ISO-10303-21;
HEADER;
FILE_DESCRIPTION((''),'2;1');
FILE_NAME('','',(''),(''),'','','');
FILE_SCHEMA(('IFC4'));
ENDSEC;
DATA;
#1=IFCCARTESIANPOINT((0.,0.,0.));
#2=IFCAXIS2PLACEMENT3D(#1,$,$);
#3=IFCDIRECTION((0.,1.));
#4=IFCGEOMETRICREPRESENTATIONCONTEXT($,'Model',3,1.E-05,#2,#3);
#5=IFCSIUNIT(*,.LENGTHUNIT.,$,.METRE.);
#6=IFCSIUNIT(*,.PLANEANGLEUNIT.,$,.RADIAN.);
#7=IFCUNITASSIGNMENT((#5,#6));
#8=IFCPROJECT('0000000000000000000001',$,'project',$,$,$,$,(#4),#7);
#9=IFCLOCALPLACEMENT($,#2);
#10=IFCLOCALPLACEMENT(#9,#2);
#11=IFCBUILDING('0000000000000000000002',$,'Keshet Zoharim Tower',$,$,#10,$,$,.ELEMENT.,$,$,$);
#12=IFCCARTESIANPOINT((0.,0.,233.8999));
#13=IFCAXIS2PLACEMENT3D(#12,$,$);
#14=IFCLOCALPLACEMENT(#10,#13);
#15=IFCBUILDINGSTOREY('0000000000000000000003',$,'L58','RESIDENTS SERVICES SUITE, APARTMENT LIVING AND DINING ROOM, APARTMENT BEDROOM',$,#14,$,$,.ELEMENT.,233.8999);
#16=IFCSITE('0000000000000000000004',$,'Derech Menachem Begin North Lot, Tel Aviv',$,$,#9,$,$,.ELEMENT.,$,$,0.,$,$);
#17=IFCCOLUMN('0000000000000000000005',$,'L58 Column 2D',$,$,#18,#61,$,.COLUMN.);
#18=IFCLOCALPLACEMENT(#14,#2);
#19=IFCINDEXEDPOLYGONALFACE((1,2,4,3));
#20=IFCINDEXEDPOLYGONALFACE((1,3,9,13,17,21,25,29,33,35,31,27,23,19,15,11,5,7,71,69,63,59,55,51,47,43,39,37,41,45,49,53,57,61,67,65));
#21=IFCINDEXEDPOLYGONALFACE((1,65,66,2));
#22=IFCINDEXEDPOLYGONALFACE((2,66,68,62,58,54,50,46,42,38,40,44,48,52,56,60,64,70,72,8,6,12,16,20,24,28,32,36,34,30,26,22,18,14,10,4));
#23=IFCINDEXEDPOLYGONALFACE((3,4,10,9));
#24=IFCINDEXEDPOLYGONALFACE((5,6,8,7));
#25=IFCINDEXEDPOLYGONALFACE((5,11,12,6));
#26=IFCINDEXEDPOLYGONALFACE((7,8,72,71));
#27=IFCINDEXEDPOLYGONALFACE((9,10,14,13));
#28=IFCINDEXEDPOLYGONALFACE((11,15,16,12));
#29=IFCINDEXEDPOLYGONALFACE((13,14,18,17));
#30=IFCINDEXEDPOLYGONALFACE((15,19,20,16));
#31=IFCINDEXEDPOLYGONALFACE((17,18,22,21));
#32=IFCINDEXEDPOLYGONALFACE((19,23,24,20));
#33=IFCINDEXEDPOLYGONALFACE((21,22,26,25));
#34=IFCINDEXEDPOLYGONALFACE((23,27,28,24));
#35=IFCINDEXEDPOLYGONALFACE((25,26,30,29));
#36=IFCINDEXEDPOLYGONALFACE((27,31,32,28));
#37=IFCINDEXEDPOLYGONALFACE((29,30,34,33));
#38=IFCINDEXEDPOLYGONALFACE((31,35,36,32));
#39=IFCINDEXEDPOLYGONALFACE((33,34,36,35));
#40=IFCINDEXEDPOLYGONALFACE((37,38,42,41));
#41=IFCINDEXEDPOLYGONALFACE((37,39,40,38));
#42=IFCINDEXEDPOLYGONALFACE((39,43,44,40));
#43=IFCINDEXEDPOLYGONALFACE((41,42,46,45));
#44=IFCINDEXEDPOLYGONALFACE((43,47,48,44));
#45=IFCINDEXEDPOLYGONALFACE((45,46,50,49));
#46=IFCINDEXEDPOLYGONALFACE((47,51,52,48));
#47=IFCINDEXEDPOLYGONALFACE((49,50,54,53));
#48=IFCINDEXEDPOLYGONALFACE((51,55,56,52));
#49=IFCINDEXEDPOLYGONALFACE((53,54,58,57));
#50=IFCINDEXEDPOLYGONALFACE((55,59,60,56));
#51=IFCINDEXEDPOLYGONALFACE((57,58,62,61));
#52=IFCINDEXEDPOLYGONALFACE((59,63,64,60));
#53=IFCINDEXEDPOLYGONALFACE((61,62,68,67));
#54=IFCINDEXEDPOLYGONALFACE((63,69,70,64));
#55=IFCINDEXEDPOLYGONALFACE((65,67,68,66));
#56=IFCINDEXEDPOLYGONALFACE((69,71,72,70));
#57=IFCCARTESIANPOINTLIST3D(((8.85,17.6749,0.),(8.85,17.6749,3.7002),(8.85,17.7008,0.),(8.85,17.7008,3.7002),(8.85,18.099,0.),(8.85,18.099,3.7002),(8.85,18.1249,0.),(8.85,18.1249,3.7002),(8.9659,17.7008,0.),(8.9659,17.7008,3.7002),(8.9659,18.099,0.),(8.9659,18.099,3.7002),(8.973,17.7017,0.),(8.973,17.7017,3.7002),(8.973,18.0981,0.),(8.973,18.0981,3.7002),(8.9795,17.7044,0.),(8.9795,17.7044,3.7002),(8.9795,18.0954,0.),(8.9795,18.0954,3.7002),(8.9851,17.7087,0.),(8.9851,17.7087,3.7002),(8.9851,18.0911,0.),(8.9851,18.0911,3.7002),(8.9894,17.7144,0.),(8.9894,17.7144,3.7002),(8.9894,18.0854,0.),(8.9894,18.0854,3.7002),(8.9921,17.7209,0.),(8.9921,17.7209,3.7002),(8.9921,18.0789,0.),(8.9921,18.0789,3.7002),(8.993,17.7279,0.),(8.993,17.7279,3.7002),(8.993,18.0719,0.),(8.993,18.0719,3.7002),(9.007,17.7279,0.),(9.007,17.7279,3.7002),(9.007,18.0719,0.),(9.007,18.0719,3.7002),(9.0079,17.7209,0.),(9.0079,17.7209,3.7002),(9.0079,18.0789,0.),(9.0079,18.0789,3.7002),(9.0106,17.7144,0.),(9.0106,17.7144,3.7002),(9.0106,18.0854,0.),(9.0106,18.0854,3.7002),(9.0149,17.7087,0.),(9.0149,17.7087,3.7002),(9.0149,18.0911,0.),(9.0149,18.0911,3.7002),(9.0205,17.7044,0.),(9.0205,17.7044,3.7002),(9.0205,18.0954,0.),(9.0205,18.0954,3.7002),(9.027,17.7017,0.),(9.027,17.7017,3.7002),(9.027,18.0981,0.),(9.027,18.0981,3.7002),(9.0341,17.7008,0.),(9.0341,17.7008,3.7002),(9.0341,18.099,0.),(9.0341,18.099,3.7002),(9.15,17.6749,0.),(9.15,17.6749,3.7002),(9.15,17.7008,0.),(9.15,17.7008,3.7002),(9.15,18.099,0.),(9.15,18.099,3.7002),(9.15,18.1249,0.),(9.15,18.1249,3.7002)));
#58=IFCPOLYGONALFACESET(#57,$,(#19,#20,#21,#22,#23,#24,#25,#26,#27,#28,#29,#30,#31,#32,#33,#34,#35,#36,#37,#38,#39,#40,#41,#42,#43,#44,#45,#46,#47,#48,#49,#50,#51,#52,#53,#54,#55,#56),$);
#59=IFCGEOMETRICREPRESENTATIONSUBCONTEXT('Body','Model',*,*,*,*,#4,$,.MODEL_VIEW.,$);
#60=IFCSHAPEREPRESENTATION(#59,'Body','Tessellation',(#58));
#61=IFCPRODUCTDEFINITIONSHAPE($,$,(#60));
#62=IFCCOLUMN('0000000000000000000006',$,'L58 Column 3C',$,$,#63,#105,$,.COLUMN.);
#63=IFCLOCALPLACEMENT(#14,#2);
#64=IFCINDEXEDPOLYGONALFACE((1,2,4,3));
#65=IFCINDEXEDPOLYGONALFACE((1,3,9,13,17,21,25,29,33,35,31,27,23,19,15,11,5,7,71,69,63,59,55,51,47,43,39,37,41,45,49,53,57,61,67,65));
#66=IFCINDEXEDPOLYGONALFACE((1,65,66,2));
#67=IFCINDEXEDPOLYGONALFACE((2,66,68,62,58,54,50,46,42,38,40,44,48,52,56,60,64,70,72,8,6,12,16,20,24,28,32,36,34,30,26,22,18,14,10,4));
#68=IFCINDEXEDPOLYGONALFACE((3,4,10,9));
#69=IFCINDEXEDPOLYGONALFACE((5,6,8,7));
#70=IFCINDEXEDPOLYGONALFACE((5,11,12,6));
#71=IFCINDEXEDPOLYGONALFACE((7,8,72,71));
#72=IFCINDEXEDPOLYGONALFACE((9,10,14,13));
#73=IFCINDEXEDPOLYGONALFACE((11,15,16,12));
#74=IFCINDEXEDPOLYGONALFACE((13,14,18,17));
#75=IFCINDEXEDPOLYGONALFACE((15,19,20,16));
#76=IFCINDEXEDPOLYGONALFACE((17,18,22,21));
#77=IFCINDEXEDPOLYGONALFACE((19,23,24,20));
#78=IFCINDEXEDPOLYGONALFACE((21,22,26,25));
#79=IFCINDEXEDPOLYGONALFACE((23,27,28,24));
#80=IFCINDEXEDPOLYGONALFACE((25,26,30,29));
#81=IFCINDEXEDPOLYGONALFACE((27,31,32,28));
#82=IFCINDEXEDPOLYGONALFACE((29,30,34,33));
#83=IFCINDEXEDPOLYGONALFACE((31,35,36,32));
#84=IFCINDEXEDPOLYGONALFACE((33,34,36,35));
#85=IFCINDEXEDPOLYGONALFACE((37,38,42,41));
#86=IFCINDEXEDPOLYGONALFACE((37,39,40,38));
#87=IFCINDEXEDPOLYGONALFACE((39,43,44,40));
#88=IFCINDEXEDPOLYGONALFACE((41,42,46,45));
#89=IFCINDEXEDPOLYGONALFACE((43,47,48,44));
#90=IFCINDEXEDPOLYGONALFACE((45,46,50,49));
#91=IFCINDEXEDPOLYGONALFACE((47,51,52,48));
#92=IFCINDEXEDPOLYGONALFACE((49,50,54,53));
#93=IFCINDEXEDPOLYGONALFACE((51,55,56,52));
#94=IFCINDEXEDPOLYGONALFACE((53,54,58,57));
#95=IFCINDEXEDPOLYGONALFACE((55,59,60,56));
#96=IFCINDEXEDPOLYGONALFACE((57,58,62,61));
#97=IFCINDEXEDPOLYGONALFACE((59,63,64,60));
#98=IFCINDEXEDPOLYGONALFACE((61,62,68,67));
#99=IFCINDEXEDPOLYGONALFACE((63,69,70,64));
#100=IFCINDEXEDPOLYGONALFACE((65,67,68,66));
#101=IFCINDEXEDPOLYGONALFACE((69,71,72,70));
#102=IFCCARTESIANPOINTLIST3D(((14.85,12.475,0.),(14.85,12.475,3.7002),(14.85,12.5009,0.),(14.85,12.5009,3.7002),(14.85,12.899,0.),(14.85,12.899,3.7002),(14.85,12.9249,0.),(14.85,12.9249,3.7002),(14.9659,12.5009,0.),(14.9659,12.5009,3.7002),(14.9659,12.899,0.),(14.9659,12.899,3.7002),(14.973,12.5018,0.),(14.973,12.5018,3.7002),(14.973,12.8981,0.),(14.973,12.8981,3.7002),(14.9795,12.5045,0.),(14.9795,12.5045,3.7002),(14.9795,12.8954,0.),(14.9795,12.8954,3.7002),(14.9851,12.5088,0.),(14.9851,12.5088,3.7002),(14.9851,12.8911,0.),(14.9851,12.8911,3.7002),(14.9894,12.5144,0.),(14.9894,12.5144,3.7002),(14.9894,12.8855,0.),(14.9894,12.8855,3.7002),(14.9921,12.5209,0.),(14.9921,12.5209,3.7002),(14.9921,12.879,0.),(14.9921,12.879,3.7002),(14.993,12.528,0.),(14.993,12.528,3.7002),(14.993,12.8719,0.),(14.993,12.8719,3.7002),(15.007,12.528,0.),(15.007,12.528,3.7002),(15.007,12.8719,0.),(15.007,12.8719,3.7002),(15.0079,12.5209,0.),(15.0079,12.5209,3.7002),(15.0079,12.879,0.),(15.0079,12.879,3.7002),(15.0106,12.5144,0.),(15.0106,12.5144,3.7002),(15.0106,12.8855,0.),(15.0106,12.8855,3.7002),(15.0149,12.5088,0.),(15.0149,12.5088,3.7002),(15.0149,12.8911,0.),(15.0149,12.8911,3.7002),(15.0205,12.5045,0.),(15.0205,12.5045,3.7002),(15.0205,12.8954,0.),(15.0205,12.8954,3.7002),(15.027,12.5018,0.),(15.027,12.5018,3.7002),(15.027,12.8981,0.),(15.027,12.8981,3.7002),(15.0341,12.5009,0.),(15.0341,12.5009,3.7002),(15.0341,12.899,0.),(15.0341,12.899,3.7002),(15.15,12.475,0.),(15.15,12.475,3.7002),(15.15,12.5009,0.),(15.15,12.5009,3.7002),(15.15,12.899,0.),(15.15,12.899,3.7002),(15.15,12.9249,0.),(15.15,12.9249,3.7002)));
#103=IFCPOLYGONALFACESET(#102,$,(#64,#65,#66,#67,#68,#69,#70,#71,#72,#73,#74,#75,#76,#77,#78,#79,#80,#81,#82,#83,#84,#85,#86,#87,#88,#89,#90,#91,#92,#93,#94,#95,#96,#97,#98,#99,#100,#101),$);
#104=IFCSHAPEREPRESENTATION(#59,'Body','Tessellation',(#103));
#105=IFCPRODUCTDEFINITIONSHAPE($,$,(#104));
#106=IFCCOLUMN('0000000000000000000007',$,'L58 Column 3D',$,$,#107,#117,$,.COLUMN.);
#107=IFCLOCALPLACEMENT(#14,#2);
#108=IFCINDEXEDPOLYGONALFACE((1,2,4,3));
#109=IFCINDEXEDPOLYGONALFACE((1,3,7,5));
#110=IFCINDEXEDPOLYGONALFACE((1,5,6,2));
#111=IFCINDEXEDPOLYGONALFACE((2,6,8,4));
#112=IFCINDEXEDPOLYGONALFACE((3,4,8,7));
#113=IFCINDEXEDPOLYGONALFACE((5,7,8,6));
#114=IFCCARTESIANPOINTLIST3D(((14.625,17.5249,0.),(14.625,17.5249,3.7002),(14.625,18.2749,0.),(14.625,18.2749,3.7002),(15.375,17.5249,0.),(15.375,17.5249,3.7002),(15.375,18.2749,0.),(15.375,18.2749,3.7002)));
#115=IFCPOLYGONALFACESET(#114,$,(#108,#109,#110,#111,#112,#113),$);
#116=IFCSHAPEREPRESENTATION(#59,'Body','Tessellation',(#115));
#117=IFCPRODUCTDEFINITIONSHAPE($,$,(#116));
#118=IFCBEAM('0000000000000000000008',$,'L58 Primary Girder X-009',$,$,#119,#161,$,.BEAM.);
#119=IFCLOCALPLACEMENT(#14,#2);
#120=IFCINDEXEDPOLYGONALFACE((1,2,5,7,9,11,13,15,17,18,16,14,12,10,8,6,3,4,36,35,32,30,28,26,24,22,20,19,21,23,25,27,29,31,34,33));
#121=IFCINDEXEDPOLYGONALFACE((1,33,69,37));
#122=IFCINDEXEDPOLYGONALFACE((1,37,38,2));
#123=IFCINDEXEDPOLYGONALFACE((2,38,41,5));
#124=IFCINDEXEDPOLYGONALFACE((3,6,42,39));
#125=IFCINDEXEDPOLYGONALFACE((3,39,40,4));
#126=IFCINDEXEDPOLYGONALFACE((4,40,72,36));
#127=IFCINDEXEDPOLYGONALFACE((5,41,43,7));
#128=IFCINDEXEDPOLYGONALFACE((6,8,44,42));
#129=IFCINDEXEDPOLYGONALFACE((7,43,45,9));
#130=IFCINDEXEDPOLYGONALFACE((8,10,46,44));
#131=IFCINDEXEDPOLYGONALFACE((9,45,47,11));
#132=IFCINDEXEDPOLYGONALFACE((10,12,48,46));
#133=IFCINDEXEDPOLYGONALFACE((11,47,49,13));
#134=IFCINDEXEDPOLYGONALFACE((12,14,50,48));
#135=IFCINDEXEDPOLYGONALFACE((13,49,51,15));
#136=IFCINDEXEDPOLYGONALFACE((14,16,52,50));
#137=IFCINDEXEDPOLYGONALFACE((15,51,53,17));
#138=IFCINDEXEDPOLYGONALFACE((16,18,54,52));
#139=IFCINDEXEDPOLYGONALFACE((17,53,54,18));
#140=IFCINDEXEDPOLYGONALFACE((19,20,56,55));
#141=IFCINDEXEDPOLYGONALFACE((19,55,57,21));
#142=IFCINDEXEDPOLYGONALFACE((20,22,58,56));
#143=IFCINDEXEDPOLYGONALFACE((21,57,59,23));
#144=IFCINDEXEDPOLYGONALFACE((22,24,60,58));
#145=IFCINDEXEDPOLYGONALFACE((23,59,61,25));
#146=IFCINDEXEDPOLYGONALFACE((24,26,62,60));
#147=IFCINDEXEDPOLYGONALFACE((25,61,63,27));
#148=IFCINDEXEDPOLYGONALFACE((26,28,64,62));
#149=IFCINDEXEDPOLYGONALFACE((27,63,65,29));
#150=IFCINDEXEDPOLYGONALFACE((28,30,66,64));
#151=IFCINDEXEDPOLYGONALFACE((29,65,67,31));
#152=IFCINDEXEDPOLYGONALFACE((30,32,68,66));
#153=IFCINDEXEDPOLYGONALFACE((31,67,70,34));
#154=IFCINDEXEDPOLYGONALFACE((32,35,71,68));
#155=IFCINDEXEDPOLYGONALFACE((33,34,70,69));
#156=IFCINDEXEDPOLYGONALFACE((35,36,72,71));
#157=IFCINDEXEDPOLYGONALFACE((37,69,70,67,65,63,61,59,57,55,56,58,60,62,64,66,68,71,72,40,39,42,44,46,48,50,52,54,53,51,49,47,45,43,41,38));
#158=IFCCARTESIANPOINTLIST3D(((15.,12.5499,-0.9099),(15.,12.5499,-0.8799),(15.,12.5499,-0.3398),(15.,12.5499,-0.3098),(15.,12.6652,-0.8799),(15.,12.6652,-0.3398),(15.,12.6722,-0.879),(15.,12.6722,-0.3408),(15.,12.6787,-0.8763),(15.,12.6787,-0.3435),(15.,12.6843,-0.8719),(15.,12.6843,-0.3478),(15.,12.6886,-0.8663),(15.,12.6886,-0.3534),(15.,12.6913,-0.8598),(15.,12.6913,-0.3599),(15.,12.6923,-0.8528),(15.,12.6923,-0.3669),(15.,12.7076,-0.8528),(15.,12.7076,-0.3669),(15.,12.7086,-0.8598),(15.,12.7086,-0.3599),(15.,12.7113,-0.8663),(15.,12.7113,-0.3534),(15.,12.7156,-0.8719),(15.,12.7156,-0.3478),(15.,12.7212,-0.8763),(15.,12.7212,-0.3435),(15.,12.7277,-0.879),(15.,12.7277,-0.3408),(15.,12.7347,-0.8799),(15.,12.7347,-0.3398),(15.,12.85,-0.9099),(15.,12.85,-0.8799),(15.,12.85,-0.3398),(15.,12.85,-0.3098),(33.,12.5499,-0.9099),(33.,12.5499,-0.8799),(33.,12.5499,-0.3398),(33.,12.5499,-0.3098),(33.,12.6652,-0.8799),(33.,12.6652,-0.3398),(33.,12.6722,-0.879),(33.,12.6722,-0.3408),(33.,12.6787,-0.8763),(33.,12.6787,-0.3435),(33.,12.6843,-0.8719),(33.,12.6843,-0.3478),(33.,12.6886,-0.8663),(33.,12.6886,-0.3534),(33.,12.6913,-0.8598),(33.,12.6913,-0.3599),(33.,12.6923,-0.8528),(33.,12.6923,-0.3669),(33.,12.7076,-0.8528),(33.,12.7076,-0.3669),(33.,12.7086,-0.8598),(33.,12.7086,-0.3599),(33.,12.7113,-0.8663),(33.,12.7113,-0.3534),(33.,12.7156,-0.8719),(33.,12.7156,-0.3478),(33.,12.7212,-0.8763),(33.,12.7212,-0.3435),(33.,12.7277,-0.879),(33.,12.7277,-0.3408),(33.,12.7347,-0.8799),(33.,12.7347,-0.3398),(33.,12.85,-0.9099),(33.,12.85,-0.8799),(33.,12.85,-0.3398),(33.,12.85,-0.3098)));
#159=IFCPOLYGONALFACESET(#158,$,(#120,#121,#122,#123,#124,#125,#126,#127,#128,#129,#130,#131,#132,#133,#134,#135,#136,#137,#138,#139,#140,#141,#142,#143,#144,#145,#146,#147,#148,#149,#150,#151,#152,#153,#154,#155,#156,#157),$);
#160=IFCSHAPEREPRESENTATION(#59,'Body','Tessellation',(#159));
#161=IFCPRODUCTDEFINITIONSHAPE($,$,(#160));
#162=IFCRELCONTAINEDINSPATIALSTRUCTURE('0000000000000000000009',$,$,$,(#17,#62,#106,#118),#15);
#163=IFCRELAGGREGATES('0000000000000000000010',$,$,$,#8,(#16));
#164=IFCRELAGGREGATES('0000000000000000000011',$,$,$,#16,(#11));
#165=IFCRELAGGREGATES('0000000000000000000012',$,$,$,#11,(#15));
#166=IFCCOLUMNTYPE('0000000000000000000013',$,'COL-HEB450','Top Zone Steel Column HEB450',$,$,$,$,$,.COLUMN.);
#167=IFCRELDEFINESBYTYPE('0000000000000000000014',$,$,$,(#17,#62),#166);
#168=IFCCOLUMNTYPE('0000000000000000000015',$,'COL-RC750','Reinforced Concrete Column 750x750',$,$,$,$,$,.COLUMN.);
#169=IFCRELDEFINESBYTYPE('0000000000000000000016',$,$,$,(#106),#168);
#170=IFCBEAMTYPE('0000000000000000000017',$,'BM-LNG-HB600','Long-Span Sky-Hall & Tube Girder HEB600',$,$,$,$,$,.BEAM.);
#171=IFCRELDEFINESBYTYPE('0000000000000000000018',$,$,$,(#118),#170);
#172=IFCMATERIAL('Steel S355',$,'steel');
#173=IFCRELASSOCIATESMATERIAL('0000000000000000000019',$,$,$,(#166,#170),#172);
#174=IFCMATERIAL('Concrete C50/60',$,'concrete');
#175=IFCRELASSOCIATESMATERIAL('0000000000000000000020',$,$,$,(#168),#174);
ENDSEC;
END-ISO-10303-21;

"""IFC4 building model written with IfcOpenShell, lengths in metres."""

from ifc_helpers import new_model, si_unit, direction, frame, origin, origin_2d, place, context, subcontext, project, spatial, rectangle, i_section, extrude, material, material_profile, profile_set, type_object, element, save


model = new_model("IFC4")

# Units and contexts
model_context = context("Model", 3, precision=1e-05, world=origin(), true_north=direction((0.0, 1.0)))
body_context = subcontext(model_context, "Body", "Model", "MODEL_VIEW")
ifc_project = project(units=[si_unit("LENGTHUNIT", "METRE"), si_unit("PLANEANGLEUNIT", "RADIAN")], contexts=[model_context])

# Site, building, storey
site_placement = place(None, origin())
site = spatial("IfcSite", under=ifc_project, at=site_placement, Name="Derech Menachem Begin North Lot, Tel Aviv", CompositionType="ELEMENT", RefElevation=0.0)
building_placement = place(site_placement, origin())
building = spatial("IfcBuilding", under=site, at=building_placement, Name="Keshet Zoharim Tower", CompositionType="ELEMENT")
storey_placement = place(building_placement, frame((0.0, 0.0, 233.8999)))
storey = spatial("IfcBuildingStorey", under=building, at=storey_placement, Name="L58", Description="RESIDENTS SERVICES SUITE, APARTMENT LIVING AND DINING ROOM, APARTMENT BEDROOM", CompositionType="ELEMENT", Elevation=233.8999)

# Columns
ifc_material_1 = material(Name="Steel S355", Category="steel")
ifc_material_profile_1 = material_profile(ifc_material_1, i_section(OverallWidth=0.3, OverallDepth=0.45, WebThickness=0.0139, FlangeThickness=0.0259, FilletRadius=0.0271, at=origin_2d()), Name="HEB450")
ifc_profile_set_1 = profile_set([ifc_material_profile_1], Name="Steel S355")
column_type_1 = type_object("IfcColumnType", Name="COL-HEB450", Description="Top Zone Steel Column HEB450", PredefinedType="COLUMN", material=ifc_profile_set_1)
for number, where, z_axis, x_axis, name in (
    (1, (9.0, 17.8999, 0.0), (0.0, 0.0, 1.0), (1.0, 0.0, 0.0), "L58 Column 2D"),
    (2, (15.0, 12.7, 0.0), (0.0, 0.0, 1.0), (1.0, 0.0, 0.0), "L58 Column 3C"),
):
    element("IfcColumn", number, at=place(storey_placement, frame(where, z_axis=z_axis, x_axis=x_axis)), inside=storey, type_object=column_type_1, Name=name, PredefinedType="COLUMN", context=body_context, shape_type="SweptSolid", body=[
        extrude(i_section(OverallWidth=0.3, OverallDepth=0.45, WebThickness=0.0139, FlangeThickness=0.0259, FilletRadius=0.0271, at=origin_2d()), origin(), (0.0, 0.0, 1.0), 3.7002),
    ])
ifc_material_2 = material(Name="Concrete C50/60", Category="concrete")
ifc_material_profile_2 = material_profile(ifc_material_2, rectangle(XDim=0.75, YDim=0.75, at=origin_2d()), Name="RC750x750")
ifc_profile_set_2 = profile_set([ifc_material_profile_2], Name="Concrete C50/60")
column_type_2 = type_object("IfcColumnType", Name="COL-RC750", Description="Reinforced Concrete Column 750x750", PredefinedType="COLUMN", material=ifc_profile_set_2)
column_placement = place(storey_placement, frame((15.0, 17.8999, 0.0), z_axis=(0.0, 0.0, 1.0), x_axis=(1.0, 0.0, 0.0)))
element("IfcColumn", 3, at=column_placement, inside=storey, type_object=column_type_2, Name="L58 Column 3D", PredefinedType="COLUMN", context=body_context, shape_type="SweptSolid", body=[
    extrude(rectangle(XDim=0.75, YDim=0.75, at=origin_2d()), origin(), (0.0, 0.0, 1.0), 3.7002),
])

# Beam
ifc_material_profile_3 = material_profile(ifc_material_1, i_section(OverallWidth=0.3, OverallDepth=0.6001, WebThickness=0.0154, FlangeThickness=0.03, FilletRadius=0.0271, at=origin_2d()), Name="HEB600")
ifc_profile_set_3 = profile_set([ifc_material_profile_3], Name="Steel S355")
beam_type_1 = type_object("IfcBeamType", Name="BM-LNG-HB600", Description="Long-Span Sky-Hall & Tube Girder HEB600", PredefinedType="BEAM", material=ifc_profile_set_3)
for number, where, z_axis, x_axis, name in (
    (4, (15.0, 12.7, -0.6099), (1.0, 0.0, 0.0), (0.0, 1.0, 0.0), "L58 Primary Girder X-009"),
):
    element("IfcBeam", number, at=place(storey_placement, frame(where, z_axis=z_axis, x_axis=x_axis)), inside=storey, type_object=beam_type_1, Name=name, PredefinedType="BEAM", context=body_context, shape_type="SweptSolid", body=[
        extrude(i_section(OverallWidth=0.3, OverallDepth=0.6001, WebThickness=0.0154, FlangeThickness=0.03, FilletRadius=0.0271, at=origin_2d()), origin(), (0.0, 0.0, 1.0), 18.0),
    ])

save(model, "model.ifc")
